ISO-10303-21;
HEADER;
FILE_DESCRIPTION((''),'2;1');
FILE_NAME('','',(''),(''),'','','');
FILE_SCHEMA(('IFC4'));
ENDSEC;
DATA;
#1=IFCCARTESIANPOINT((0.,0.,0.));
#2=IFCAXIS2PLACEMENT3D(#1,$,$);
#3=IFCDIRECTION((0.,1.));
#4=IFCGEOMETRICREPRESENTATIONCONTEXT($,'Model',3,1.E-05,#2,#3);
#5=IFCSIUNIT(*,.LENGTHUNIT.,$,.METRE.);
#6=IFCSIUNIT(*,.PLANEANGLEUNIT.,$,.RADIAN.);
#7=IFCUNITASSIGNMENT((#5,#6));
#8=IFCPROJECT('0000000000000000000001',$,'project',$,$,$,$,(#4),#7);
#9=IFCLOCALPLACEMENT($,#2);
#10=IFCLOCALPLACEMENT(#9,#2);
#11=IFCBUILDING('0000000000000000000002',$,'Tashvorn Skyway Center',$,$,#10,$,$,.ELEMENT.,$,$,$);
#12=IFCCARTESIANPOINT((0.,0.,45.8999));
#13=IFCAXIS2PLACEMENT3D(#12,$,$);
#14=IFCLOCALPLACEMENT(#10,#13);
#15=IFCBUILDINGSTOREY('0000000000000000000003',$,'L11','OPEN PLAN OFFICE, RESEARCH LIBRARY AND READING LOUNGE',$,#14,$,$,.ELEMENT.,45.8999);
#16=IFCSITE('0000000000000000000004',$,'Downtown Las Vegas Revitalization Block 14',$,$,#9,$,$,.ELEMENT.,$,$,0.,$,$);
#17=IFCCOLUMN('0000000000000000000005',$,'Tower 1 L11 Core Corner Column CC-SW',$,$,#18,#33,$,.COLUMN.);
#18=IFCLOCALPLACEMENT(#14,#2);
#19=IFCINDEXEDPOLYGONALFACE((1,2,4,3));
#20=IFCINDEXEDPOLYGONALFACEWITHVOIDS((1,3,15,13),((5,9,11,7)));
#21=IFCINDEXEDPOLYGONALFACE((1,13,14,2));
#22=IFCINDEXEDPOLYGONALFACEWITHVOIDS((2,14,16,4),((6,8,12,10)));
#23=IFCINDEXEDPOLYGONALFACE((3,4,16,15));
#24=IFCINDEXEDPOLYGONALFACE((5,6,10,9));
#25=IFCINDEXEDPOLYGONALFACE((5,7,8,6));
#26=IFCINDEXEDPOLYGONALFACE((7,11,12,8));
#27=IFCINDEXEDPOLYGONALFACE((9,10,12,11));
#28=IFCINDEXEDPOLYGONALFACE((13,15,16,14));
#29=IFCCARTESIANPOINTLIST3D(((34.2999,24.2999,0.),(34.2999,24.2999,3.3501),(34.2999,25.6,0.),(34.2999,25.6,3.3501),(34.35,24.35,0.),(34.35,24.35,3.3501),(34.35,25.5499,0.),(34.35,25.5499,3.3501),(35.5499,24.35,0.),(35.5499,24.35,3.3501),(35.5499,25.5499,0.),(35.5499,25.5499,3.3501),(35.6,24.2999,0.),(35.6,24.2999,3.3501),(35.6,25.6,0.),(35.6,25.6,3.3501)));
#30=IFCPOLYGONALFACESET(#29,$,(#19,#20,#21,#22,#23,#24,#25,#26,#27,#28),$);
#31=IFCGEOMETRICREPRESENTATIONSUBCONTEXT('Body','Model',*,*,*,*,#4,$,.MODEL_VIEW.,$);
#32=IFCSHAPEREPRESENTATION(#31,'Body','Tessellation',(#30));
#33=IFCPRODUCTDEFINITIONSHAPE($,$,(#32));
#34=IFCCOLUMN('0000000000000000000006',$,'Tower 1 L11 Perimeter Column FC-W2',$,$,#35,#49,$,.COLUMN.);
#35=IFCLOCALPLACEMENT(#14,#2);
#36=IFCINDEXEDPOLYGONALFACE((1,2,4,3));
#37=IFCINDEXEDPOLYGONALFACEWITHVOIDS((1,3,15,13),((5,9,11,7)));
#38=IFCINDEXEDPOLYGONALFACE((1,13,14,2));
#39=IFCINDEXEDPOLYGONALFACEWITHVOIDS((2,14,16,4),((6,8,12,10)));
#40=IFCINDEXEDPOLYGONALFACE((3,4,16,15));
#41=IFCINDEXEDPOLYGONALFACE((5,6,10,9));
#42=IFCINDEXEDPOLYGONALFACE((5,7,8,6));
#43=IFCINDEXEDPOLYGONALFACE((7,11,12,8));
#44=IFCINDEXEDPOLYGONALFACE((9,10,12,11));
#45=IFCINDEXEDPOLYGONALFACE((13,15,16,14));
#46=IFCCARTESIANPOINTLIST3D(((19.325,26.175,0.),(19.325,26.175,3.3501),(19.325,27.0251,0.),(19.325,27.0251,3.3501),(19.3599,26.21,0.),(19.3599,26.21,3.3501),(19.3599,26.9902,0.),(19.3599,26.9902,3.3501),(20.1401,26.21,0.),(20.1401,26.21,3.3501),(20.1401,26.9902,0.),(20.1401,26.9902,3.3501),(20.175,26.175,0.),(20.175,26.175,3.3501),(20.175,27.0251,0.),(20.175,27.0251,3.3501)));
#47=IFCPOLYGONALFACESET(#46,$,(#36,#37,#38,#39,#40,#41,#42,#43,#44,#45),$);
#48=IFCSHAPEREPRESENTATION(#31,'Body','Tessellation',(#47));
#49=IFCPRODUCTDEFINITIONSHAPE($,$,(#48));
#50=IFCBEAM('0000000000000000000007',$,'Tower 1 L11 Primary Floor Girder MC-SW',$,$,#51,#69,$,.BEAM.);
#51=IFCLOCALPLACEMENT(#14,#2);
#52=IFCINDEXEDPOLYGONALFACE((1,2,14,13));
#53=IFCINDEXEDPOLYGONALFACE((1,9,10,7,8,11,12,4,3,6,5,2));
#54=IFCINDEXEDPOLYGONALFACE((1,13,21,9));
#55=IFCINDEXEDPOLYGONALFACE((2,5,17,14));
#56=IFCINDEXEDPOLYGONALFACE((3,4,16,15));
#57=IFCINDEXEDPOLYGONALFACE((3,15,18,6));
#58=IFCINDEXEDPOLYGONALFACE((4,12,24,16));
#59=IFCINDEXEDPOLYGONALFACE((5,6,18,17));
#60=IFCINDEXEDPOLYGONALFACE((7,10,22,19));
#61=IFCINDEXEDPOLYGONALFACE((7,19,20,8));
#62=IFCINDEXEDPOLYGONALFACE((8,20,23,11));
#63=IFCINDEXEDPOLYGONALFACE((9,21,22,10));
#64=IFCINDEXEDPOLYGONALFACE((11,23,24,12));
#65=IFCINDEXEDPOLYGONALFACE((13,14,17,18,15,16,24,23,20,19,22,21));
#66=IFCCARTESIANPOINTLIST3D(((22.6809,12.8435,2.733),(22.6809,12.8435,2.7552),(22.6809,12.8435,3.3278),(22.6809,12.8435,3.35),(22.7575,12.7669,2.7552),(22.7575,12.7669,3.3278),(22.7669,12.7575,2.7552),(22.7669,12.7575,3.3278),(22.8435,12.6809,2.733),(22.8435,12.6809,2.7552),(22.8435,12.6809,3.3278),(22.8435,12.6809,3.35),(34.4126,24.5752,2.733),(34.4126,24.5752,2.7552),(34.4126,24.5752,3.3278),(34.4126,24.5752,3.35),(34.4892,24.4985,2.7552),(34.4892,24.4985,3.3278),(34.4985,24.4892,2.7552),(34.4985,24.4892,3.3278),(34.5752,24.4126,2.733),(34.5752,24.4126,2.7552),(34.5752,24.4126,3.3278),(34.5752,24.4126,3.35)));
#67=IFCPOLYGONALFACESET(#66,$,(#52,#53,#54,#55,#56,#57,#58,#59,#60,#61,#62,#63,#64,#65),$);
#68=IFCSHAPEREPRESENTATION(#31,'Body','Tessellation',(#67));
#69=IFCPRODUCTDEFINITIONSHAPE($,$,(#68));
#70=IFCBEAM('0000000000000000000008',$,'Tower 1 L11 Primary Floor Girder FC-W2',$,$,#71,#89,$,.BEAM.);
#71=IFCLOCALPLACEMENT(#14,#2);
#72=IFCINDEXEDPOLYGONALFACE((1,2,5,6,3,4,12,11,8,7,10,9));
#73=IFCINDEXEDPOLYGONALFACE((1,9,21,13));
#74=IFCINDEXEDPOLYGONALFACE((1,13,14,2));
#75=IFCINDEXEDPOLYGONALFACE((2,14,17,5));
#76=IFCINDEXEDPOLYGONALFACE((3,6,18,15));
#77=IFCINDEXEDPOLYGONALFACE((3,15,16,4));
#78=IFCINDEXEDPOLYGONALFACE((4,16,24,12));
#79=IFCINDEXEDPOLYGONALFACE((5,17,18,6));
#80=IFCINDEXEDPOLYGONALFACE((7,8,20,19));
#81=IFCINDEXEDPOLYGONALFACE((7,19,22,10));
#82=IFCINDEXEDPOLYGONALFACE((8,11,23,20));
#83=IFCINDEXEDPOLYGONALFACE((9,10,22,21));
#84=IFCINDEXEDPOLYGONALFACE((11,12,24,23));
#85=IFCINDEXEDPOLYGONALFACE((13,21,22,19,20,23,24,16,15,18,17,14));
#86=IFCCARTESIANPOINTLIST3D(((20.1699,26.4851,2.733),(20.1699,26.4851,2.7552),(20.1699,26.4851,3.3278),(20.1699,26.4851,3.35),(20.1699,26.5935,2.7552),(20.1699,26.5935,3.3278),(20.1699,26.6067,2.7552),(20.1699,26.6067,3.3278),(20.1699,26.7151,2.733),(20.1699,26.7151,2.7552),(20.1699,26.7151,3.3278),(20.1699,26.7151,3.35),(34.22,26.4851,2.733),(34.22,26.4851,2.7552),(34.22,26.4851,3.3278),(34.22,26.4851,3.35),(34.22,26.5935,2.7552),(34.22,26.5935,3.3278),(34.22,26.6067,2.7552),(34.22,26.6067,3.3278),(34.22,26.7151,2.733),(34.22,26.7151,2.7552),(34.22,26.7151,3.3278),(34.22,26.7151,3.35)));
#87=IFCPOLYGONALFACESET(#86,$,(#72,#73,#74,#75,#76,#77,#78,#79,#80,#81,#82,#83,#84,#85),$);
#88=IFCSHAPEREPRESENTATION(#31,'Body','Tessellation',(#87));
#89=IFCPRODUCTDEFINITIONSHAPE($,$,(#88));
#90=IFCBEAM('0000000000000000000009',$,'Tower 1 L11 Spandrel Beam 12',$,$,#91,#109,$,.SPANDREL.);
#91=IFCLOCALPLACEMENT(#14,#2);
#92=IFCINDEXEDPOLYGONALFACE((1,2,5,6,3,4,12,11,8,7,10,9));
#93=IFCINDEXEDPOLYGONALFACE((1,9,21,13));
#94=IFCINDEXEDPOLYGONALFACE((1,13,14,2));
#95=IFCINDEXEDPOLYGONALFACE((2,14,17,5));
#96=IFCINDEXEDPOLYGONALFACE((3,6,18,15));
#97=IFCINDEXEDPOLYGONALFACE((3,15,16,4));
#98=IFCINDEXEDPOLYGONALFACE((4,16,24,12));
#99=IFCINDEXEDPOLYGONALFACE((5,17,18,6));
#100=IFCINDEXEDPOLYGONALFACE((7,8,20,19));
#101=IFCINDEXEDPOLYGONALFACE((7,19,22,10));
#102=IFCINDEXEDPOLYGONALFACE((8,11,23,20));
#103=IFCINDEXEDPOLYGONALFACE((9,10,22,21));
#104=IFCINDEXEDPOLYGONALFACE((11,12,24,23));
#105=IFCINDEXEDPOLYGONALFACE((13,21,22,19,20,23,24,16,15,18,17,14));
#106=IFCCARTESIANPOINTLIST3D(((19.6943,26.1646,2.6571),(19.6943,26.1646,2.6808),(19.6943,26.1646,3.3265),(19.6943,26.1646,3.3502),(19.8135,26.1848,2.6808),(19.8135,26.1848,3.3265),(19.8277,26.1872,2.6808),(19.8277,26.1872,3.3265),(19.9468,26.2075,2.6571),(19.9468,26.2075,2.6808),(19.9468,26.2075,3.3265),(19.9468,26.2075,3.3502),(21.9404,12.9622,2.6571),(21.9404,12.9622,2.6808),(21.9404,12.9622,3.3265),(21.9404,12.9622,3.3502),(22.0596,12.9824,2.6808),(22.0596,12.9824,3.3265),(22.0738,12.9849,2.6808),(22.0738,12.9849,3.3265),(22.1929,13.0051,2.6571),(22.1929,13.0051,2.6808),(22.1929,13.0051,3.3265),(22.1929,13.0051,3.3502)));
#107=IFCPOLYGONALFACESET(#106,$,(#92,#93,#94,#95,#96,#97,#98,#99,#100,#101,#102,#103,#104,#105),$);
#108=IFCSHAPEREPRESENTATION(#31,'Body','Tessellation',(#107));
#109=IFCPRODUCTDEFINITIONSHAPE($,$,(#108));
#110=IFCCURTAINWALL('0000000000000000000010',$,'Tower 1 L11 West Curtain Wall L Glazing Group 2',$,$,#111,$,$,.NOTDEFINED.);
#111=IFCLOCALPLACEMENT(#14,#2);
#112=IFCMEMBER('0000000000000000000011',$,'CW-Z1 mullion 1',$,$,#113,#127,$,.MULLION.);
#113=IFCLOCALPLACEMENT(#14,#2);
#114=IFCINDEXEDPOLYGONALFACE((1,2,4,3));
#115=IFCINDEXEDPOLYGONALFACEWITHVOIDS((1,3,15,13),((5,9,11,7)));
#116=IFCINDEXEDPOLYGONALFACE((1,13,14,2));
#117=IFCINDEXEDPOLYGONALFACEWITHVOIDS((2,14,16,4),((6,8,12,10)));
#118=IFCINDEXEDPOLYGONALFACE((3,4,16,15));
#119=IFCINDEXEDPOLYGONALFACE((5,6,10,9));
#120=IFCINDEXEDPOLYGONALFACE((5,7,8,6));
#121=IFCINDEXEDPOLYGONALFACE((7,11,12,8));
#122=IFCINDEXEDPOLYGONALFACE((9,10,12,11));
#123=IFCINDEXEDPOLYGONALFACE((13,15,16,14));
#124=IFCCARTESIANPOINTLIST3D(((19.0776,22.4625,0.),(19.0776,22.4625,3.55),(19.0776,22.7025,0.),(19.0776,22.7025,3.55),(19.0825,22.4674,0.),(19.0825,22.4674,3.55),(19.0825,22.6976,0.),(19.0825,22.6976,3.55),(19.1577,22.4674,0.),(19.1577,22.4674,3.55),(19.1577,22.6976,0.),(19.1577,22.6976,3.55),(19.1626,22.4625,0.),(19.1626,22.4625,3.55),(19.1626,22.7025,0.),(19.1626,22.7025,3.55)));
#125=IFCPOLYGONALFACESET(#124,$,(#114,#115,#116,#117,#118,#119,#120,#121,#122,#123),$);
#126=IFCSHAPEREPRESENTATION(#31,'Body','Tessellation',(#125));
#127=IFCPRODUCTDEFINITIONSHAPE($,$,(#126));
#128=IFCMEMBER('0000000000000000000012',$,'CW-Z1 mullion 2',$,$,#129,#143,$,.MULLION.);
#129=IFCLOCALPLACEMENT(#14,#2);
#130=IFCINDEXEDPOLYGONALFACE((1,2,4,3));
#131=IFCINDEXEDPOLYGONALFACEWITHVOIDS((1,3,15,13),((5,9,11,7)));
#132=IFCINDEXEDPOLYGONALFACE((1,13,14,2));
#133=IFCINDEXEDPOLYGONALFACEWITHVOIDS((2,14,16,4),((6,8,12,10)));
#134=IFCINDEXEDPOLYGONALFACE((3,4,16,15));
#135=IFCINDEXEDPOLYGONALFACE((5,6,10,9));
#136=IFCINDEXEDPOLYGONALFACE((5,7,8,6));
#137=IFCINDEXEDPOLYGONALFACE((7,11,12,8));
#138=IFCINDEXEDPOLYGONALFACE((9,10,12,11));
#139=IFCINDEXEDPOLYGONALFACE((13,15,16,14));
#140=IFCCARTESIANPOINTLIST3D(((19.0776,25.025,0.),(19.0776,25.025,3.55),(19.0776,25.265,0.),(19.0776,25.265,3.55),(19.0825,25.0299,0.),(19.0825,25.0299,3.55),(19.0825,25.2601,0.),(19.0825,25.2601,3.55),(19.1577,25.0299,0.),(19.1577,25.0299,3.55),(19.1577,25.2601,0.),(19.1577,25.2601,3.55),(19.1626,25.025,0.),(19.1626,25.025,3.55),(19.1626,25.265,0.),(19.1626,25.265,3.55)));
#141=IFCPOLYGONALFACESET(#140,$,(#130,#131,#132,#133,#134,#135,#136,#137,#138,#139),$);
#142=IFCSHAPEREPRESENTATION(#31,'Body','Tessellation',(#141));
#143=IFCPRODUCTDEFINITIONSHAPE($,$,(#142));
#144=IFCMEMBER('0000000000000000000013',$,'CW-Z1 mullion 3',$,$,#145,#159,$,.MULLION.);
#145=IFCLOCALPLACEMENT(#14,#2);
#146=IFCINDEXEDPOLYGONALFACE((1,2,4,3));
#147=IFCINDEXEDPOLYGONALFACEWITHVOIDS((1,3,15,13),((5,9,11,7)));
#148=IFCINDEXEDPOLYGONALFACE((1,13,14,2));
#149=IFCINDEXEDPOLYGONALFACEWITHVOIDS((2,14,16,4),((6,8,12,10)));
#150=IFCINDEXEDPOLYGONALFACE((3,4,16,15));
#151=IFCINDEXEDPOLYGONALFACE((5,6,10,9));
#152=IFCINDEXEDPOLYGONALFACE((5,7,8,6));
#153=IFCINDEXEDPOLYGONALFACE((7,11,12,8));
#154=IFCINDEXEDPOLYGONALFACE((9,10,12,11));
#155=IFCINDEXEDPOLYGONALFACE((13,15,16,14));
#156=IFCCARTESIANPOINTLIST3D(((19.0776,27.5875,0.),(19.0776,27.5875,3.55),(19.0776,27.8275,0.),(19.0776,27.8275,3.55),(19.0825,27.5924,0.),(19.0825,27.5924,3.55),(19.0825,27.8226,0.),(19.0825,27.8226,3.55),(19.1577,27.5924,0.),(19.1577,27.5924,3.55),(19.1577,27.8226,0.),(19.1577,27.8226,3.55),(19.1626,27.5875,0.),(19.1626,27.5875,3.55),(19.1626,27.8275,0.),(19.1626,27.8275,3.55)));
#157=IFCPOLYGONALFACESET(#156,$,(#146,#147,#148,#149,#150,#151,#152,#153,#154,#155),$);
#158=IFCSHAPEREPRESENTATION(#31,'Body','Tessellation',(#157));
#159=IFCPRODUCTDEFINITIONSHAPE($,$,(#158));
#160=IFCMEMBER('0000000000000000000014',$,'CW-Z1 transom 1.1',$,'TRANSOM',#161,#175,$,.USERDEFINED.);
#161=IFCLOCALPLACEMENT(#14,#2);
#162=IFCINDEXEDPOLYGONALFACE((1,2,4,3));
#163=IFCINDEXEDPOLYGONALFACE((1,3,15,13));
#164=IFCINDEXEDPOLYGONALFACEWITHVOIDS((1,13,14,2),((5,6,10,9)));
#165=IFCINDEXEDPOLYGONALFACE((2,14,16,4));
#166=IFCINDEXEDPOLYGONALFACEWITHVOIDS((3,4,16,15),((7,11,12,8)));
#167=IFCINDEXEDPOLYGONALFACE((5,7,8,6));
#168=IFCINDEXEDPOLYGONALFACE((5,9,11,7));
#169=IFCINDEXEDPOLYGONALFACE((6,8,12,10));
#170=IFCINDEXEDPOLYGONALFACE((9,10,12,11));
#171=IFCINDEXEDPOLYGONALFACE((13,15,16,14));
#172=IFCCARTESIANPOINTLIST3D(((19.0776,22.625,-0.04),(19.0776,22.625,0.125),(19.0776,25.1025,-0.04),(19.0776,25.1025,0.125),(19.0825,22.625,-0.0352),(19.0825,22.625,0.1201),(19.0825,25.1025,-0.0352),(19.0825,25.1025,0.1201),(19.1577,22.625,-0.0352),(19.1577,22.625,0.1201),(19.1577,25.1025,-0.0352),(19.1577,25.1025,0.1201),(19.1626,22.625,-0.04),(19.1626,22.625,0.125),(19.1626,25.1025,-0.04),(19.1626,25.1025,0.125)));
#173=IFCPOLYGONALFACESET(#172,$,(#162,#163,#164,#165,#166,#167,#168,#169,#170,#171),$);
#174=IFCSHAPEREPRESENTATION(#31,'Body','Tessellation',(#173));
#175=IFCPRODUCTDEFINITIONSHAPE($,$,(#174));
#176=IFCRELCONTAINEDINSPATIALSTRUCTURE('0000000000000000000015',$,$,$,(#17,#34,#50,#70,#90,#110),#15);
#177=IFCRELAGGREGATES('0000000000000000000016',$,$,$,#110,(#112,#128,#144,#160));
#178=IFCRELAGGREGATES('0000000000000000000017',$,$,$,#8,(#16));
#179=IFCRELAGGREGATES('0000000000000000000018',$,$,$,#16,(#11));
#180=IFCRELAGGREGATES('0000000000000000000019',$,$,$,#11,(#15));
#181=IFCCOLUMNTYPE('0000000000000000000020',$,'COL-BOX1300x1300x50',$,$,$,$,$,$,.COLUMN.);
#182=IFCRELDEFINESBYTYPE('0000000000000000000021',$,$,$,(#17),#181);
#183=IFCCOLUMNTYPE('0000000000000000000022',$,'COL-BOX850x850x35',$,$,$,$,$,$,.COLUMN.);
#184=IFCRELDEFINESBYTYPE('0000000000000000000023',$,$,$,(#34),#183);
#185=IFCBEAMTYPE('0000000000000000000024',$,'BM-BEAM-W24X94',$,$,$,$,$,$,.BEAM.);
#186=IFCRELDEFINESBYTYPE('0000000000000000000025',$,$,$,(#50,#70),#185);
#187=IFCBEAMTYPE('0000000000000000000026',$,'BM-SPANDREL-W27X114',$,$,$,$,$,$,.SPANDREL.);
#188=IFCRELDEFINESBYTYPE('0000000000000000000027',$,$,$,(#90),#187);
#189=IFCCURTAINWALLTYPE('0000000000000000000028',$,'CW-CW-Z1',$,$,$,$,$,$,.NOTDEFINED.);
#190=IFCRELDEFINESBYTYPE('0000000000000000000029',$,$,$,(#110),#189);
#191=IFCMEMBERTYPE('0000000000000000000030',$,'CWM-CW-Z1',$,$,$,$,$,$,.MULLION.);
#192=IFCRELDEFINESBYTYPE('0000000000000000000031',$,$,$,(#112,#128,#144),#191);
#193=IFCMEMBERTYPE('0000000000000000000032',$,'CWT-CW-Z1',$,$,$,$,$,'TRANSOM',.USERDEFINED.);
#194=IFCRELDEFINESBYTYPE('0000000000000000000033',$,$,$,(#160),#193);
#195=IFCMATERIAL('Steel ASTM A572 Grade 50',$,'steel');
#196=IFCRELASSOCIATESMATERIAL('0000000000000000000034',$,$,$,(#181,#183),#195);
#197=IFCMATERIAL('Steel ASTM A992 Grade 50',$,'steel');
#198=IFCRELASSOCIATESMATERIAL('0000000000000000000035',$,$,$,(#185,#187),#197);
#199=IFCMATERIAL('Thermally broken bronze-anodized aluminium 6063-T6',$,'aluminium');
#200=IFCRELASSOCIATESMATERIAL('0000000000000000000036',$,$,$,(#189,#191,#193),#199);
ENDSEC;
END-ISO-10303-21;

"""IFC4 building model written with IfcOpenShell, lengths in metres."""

from ifc_helpers import new_model, si_unit, direction, frame, origin, origin_2d, place, context, subcontext, project, spatial, hollow_rectangle, i_section, extrude, material, material_profile, profile_set, type_object, element, aggregate, save


model = new_model("IFC4")

# Units and contexts
model_context = context("Model", 3, precision=1e-05, world=origin(), true_north=direction((0.0, 1.0)))
body_context = subcontext(model_context, "Body", "Model", "MODEL_VIEW")
ifc_project = project(units=[si_unit("LENGTHUNIT", "METRE"), si_unit("PLANEANGLEUNIT", "RADIAN")], contexts=[model_context])

# Site, building, storey
site_placement = place(None, origin())
site = spatial("IfcSite", under=ifc_project, at=site_placement, Name="Downtown Las Vegas Revitalization Block 14", CompositionType="ELEMENT", RefElevation=0.0)
building_placement = place(site_placement, origin())
building = spatial("IfcBuilding", under=site, at=building_placement, Name="Tashvorn Skyway Center", CompositionType="ELEMENT")
storey_placement = place(building_placement, frame((0.0, 0.0, 45.8999)))
storey = spatial("IfcBuildingStorey", under=building, at=storey_placement, Name="L11", Description="OPEN PLAN OFFICE, RESEARCH LIBRARY AND READING LOUNGE", CompositionType="ELEMENT", Elevation=45.8999)

# Columns
ifc_material_1 = material(Name="Steel ASTM A572 Grade 50", Category="steel")
ifc_material_profile_1 = material_profile(ifc_material_1, hollow_rectangle(XDim=1.3, YDim=1.3, WallThickness=0.05, at=origin_2d()), Name="BOX1300x1300x50")
ifc_profile_set_1 = profile_set([ifc_material_profile_1], Name="Steel ASTM A572 Grade 50")
column_type_1 = type_object("IfcColumnType", Name="COL-BOX1300x1300x50", PredefinedType="COLUMN", material=ifc_profile_set_1)
column_1_placement = place(storey_placement, frame((34.95, 24.95, 0.0), z_axis=(0.0, 0.0, 1.0), x_axis=(1.0, 0.0, 0.0)))
element("IfcColumn", 1, at=column_1_placement, inside=storey, type_object=column_type_1, Name="Tower 1 L11 Core Corner Column CC-SW", PredefinedType="COLUMN", context=body_context, shape_type="SweptSolid", body=[
    extrude(hollow_rectangle(XDim=1.3, YDim=1.3, WallThickness=0.05, at=origin_2d()), origin(), (0.0, 0.0, 1.0), 3.3501),
])
ifc_material_profile_2 = material_profile(ifc_material_1, hollow_rectangle(XDim=0.8501, YDim=0.8501, WallThickness=0.0349, at=origin_2d()), Name="BOX850x850x35")
ifc_profile_set_2 = profile_set([ifc_material_profile_2], Name="Steel ASTM A572 Grade 50")
column_type_2 = type_object("IfcColumnType", Name="COL-BOX850x850x35", PredefinedType="COLUMN", material=ifc_profile_set_2)
column_2_placement = place(storey_placement, frame((19.75, 26.6001, 0.0), z_axis=(0.0, 0.0, 1.0), x_axis=(1.0, 0.0, 0.0)))
element("IfcColumn", 2, at=column_2_placement, inside=storey, type_object=column_type_2, Name="Tower 1 L11 Perimeter Column FC-W2", PredefinedType="COLUMN", context=body_context, shape_type="SweptSolid", body=[
    extrude(hollow_rectangle(XDim=0.8501, YDim=0.8501, WallThickness=0.0349, at=origin_2d()), origin(), (0.0, 0.0, 1.0), 3.3501),
])

# Beams
ifc_material_2 = material(Name="Steel ASTM A992 Grade 50", Category="steel")
ifc_material_profile_3 = material_profile(ifc_material_2, i_section(OverallWidth=0.23, OverallDepth=0.6169, WebThickness=0.0132, FlangeThickness=0.0222, at=origin_2d()), Name="W24X94")
ifc_profile_set_3 = profile_set([ifc_material_profile_3], Name="Steel ASTM A992 Grade 50")
beam_type_1 = type_object("IfcBeamType", Name="BM-BEAM-W24X94", PredefinedType="BEAM", material=ifc_profile_set_3)
beam_1_placement = place(storey_placement, frame((22.7622, 12.7622, 3.0415), z_axis=(0.707107, 0.707107, 0.0), x_axis=(-0.707107, 0.707107, 0.0)))
element("IfcBeam", 3, at=beam_1_placement, inside=storey, type_object=beam_type_1, Name="Tower 1 L11 Primary Floor Girder MC-SW", PredefinedType="BEAM", context=body_context, shape_type="SweptSolid", body=[
    extrude(i_section(OverallWidth=0.23, OverallDepth=0.6169, WebThickness=0.0132, FlangeThickness=0.0222, at=origin_2d()), origin(), (0.0, 0.0, 1.0), 16.5911),
])
beam_2_placement = place(storey_placement, frame((20.1699, 26.6001, 3.0415), z_axis=(1.0, 0.0, 0.0), x_axis=(0.0, 1.0, 0.0)))
element("IfcBeam", 4, at=beam_2_placement, inside=storey, type_object=beam_type_1, Name="Tower 1 L11 Primary Floor Girder FC-W2", PredefinedType="BEAM", context=body_context, shape_type="SweptSolid", body=[
    extrude(i_section(OverallWidth=0.23, OverallDepth=0.6169, WebThickness=0.0132, FlangeThickness=0.0222, at=origin_2d()), origin(), (0.0, 0.0, 1.0), 14.05),
])
ifc_material_profile_4 = material_profile(ifc_material_2, i_section(OverallWidth=0.2561, OverallDepth=0.6931, WebThickness=0.0144, FlangeThickness=0.0237, at=origin_2d()), Name="W27X114")
ifc_profile_set_4 = profile_set([ifc_material_profile_4], Name="Steel ASTM A992 Grade 50")
beam_type_2 = type_object("IfcBeamType", Name="BM-SPANDREL-W27X114", PredefinedType="SPANDREL", material=ifc_profile_set_4)
beam_3_placement = place(storey_placement, frame((19.8206, 26.186, 3.0037), z_axis=(0.167718, -0.985835, 0.0), x_axis=(0.985835, 0.167718, 0.0)))
element("IfcBeam", 5, at=beam_3_placement, inside=storey, type_object=beam_type_2, Name="Tower 1 L11 Spandrel Beam 12", PredefinedType="SPANDREL", context=body_context, shape_type="SweptSolid", body=[
    extrude(i_section(OverallWidth=0.2561, OverallDepth=0.6931, WebThickness=0.0144, FlangeThickness=0.0237, at=origin_2d()), origin(), (0.0, 0.0, 1.0), 13.3921),
])

# Curtain wall, members
ifc_material_3 = material(Name="Thermally broken bronze-anodized aluminium 6063-T6", Category="aluminium")
curtain_wall_type = type_object("IfcCurtainWallType", Name="CW-CW-Z1", PredefinedType="NOTDEFINED", material=ifc_material_3)
curtain_wall_placement = place(storey_placement, origin())
curtain_wall = element("IfcCurtainWall", 6, at=curtain_wall_placement, inside=storey, type_object=curtain_wall_type, Name="Tower 1 L11 West Curtain Wall L Glazing Group 2", PredefinedType="NOTDEFINED")
ifc_material_profile_5 = material_profile(ifc_material_3, hollow_rectangle(XDim=0.085, YDim=0.24, WallThickness=0.0049, at=origin_2d()), Name="ALU-MULL-85x240")
ifc_profile_set_5 = profile_set([ifc_material_profile_5], Name="Thermally broken bronze-anodized aluminium 6063-T6")
member_type_1 = type_object("IfcMemberType", Name="CWM-CW-Z1", PredefinedType="MULLION", material=ifc_profile_set_5)
member_1_placement = place(storey_placement, frame((19.1201, 22.5825, 0.0), z_axis=(0.0, 0.0, 1.0), x_axis=(-1.0, 0.0, 0.0)))
member_1 = element("IfcMember", 7, at=member_1_placement, type_object=member_type_1, Name="CW-Z1 mullion 1", PredefinedType="MULLION", context=body_context, shape_type="SweptSolid", body=[
    extrude(hollow_rectangle(XDim=0.085, YDim=0.24, WallThickness=0.0049, at=origin_2d()), origin(), (0.0, 0.0, 1.0), 3.55),
])
member_2_placement = place(storey_placement, frame((19.1201, 25.145, 0.0), z_axis=(0.0, 0.0, 1.0), x_axis=(-1.0, 0.0, 0.0)))
member_2 = element("IfcMember", 8, at=member_2_placement, type_object=member_type_1, Name="CW-Z1 mullion 2", PredefinedType="MULLION", context=body_context, shape_type="SweptSolid", body=[
    extrude(hollow_rectangle(XDim=0.085, YDim=0.24, WallThickness=0.0049, at=origin_2d()), origin(), (0.0, 0.0, 1.0), 3.55),
])
member_3_placement = place(storey_placement, frame((19.1201, 27.7075, 0.0), z_axis=(0.0, 0.0, 1.0), x_axis=(-1.0, 0.0, 0.0)))
member_3 = element("IfcMember", 9, at=member_3_placement, type_object=member_type_1, Name="CW-Z1 mullion 3", PredefinedType="MULLION", context=body_context, shape_type="SweptSolid", body=[
    extrude(hollow_rectangle(XDim=0.085, YDim=0.24, WallThickness=0.0049, at=origin_2d()), origin(), (0.0, 0.0, 1.0), 3.55),
])
ifc_material_profile_6 = material_profile(ifc_material_3, hollow_rectangle(XDim=0.085, YDim=0.165, WallThickness=0.0049, at=origin_2d()), Name="ALU-TRAN-85x165")
ifc_profile_set_6 = profile_set([ifc_material_profile_6], Name="Thermally broken bronze-anodized aluminium 6063-T6")
member_type_2 = type_object("IfcMemberType", Name="CWT-CW-Z1", ElementType="TRANSOM", PredefinedType="USERDEFINED", material=ifc_profile_set_6)
member_4_placement = place(storey_placement, frame((19.1201, 22.625, 0.0425), z_axis=(0.0, 1.0, 0.0), x_axis=(-1.0, 0.0, 0.0)))
member_4 = element("IfcMember", 10, at=member_4_placement, type_object=member_type_2, Name="CW-Z1 transom 1.1", ObjectType="TRANSOM", PredefinedType="USERDEFINED", context=body_context, shape_type="SweptSolid", body=[
    extrude(hollow_rectangle(XDim=0.085, YDim=0.165, WallThickness=0.0049, at=origin_2d()), origin(), (0.0, 0.0, 1.0), 2.4775),
])

aggregate(curtain_wall, [member_1, member_2, member_3, member_4])

save(model, "model.ifc")
